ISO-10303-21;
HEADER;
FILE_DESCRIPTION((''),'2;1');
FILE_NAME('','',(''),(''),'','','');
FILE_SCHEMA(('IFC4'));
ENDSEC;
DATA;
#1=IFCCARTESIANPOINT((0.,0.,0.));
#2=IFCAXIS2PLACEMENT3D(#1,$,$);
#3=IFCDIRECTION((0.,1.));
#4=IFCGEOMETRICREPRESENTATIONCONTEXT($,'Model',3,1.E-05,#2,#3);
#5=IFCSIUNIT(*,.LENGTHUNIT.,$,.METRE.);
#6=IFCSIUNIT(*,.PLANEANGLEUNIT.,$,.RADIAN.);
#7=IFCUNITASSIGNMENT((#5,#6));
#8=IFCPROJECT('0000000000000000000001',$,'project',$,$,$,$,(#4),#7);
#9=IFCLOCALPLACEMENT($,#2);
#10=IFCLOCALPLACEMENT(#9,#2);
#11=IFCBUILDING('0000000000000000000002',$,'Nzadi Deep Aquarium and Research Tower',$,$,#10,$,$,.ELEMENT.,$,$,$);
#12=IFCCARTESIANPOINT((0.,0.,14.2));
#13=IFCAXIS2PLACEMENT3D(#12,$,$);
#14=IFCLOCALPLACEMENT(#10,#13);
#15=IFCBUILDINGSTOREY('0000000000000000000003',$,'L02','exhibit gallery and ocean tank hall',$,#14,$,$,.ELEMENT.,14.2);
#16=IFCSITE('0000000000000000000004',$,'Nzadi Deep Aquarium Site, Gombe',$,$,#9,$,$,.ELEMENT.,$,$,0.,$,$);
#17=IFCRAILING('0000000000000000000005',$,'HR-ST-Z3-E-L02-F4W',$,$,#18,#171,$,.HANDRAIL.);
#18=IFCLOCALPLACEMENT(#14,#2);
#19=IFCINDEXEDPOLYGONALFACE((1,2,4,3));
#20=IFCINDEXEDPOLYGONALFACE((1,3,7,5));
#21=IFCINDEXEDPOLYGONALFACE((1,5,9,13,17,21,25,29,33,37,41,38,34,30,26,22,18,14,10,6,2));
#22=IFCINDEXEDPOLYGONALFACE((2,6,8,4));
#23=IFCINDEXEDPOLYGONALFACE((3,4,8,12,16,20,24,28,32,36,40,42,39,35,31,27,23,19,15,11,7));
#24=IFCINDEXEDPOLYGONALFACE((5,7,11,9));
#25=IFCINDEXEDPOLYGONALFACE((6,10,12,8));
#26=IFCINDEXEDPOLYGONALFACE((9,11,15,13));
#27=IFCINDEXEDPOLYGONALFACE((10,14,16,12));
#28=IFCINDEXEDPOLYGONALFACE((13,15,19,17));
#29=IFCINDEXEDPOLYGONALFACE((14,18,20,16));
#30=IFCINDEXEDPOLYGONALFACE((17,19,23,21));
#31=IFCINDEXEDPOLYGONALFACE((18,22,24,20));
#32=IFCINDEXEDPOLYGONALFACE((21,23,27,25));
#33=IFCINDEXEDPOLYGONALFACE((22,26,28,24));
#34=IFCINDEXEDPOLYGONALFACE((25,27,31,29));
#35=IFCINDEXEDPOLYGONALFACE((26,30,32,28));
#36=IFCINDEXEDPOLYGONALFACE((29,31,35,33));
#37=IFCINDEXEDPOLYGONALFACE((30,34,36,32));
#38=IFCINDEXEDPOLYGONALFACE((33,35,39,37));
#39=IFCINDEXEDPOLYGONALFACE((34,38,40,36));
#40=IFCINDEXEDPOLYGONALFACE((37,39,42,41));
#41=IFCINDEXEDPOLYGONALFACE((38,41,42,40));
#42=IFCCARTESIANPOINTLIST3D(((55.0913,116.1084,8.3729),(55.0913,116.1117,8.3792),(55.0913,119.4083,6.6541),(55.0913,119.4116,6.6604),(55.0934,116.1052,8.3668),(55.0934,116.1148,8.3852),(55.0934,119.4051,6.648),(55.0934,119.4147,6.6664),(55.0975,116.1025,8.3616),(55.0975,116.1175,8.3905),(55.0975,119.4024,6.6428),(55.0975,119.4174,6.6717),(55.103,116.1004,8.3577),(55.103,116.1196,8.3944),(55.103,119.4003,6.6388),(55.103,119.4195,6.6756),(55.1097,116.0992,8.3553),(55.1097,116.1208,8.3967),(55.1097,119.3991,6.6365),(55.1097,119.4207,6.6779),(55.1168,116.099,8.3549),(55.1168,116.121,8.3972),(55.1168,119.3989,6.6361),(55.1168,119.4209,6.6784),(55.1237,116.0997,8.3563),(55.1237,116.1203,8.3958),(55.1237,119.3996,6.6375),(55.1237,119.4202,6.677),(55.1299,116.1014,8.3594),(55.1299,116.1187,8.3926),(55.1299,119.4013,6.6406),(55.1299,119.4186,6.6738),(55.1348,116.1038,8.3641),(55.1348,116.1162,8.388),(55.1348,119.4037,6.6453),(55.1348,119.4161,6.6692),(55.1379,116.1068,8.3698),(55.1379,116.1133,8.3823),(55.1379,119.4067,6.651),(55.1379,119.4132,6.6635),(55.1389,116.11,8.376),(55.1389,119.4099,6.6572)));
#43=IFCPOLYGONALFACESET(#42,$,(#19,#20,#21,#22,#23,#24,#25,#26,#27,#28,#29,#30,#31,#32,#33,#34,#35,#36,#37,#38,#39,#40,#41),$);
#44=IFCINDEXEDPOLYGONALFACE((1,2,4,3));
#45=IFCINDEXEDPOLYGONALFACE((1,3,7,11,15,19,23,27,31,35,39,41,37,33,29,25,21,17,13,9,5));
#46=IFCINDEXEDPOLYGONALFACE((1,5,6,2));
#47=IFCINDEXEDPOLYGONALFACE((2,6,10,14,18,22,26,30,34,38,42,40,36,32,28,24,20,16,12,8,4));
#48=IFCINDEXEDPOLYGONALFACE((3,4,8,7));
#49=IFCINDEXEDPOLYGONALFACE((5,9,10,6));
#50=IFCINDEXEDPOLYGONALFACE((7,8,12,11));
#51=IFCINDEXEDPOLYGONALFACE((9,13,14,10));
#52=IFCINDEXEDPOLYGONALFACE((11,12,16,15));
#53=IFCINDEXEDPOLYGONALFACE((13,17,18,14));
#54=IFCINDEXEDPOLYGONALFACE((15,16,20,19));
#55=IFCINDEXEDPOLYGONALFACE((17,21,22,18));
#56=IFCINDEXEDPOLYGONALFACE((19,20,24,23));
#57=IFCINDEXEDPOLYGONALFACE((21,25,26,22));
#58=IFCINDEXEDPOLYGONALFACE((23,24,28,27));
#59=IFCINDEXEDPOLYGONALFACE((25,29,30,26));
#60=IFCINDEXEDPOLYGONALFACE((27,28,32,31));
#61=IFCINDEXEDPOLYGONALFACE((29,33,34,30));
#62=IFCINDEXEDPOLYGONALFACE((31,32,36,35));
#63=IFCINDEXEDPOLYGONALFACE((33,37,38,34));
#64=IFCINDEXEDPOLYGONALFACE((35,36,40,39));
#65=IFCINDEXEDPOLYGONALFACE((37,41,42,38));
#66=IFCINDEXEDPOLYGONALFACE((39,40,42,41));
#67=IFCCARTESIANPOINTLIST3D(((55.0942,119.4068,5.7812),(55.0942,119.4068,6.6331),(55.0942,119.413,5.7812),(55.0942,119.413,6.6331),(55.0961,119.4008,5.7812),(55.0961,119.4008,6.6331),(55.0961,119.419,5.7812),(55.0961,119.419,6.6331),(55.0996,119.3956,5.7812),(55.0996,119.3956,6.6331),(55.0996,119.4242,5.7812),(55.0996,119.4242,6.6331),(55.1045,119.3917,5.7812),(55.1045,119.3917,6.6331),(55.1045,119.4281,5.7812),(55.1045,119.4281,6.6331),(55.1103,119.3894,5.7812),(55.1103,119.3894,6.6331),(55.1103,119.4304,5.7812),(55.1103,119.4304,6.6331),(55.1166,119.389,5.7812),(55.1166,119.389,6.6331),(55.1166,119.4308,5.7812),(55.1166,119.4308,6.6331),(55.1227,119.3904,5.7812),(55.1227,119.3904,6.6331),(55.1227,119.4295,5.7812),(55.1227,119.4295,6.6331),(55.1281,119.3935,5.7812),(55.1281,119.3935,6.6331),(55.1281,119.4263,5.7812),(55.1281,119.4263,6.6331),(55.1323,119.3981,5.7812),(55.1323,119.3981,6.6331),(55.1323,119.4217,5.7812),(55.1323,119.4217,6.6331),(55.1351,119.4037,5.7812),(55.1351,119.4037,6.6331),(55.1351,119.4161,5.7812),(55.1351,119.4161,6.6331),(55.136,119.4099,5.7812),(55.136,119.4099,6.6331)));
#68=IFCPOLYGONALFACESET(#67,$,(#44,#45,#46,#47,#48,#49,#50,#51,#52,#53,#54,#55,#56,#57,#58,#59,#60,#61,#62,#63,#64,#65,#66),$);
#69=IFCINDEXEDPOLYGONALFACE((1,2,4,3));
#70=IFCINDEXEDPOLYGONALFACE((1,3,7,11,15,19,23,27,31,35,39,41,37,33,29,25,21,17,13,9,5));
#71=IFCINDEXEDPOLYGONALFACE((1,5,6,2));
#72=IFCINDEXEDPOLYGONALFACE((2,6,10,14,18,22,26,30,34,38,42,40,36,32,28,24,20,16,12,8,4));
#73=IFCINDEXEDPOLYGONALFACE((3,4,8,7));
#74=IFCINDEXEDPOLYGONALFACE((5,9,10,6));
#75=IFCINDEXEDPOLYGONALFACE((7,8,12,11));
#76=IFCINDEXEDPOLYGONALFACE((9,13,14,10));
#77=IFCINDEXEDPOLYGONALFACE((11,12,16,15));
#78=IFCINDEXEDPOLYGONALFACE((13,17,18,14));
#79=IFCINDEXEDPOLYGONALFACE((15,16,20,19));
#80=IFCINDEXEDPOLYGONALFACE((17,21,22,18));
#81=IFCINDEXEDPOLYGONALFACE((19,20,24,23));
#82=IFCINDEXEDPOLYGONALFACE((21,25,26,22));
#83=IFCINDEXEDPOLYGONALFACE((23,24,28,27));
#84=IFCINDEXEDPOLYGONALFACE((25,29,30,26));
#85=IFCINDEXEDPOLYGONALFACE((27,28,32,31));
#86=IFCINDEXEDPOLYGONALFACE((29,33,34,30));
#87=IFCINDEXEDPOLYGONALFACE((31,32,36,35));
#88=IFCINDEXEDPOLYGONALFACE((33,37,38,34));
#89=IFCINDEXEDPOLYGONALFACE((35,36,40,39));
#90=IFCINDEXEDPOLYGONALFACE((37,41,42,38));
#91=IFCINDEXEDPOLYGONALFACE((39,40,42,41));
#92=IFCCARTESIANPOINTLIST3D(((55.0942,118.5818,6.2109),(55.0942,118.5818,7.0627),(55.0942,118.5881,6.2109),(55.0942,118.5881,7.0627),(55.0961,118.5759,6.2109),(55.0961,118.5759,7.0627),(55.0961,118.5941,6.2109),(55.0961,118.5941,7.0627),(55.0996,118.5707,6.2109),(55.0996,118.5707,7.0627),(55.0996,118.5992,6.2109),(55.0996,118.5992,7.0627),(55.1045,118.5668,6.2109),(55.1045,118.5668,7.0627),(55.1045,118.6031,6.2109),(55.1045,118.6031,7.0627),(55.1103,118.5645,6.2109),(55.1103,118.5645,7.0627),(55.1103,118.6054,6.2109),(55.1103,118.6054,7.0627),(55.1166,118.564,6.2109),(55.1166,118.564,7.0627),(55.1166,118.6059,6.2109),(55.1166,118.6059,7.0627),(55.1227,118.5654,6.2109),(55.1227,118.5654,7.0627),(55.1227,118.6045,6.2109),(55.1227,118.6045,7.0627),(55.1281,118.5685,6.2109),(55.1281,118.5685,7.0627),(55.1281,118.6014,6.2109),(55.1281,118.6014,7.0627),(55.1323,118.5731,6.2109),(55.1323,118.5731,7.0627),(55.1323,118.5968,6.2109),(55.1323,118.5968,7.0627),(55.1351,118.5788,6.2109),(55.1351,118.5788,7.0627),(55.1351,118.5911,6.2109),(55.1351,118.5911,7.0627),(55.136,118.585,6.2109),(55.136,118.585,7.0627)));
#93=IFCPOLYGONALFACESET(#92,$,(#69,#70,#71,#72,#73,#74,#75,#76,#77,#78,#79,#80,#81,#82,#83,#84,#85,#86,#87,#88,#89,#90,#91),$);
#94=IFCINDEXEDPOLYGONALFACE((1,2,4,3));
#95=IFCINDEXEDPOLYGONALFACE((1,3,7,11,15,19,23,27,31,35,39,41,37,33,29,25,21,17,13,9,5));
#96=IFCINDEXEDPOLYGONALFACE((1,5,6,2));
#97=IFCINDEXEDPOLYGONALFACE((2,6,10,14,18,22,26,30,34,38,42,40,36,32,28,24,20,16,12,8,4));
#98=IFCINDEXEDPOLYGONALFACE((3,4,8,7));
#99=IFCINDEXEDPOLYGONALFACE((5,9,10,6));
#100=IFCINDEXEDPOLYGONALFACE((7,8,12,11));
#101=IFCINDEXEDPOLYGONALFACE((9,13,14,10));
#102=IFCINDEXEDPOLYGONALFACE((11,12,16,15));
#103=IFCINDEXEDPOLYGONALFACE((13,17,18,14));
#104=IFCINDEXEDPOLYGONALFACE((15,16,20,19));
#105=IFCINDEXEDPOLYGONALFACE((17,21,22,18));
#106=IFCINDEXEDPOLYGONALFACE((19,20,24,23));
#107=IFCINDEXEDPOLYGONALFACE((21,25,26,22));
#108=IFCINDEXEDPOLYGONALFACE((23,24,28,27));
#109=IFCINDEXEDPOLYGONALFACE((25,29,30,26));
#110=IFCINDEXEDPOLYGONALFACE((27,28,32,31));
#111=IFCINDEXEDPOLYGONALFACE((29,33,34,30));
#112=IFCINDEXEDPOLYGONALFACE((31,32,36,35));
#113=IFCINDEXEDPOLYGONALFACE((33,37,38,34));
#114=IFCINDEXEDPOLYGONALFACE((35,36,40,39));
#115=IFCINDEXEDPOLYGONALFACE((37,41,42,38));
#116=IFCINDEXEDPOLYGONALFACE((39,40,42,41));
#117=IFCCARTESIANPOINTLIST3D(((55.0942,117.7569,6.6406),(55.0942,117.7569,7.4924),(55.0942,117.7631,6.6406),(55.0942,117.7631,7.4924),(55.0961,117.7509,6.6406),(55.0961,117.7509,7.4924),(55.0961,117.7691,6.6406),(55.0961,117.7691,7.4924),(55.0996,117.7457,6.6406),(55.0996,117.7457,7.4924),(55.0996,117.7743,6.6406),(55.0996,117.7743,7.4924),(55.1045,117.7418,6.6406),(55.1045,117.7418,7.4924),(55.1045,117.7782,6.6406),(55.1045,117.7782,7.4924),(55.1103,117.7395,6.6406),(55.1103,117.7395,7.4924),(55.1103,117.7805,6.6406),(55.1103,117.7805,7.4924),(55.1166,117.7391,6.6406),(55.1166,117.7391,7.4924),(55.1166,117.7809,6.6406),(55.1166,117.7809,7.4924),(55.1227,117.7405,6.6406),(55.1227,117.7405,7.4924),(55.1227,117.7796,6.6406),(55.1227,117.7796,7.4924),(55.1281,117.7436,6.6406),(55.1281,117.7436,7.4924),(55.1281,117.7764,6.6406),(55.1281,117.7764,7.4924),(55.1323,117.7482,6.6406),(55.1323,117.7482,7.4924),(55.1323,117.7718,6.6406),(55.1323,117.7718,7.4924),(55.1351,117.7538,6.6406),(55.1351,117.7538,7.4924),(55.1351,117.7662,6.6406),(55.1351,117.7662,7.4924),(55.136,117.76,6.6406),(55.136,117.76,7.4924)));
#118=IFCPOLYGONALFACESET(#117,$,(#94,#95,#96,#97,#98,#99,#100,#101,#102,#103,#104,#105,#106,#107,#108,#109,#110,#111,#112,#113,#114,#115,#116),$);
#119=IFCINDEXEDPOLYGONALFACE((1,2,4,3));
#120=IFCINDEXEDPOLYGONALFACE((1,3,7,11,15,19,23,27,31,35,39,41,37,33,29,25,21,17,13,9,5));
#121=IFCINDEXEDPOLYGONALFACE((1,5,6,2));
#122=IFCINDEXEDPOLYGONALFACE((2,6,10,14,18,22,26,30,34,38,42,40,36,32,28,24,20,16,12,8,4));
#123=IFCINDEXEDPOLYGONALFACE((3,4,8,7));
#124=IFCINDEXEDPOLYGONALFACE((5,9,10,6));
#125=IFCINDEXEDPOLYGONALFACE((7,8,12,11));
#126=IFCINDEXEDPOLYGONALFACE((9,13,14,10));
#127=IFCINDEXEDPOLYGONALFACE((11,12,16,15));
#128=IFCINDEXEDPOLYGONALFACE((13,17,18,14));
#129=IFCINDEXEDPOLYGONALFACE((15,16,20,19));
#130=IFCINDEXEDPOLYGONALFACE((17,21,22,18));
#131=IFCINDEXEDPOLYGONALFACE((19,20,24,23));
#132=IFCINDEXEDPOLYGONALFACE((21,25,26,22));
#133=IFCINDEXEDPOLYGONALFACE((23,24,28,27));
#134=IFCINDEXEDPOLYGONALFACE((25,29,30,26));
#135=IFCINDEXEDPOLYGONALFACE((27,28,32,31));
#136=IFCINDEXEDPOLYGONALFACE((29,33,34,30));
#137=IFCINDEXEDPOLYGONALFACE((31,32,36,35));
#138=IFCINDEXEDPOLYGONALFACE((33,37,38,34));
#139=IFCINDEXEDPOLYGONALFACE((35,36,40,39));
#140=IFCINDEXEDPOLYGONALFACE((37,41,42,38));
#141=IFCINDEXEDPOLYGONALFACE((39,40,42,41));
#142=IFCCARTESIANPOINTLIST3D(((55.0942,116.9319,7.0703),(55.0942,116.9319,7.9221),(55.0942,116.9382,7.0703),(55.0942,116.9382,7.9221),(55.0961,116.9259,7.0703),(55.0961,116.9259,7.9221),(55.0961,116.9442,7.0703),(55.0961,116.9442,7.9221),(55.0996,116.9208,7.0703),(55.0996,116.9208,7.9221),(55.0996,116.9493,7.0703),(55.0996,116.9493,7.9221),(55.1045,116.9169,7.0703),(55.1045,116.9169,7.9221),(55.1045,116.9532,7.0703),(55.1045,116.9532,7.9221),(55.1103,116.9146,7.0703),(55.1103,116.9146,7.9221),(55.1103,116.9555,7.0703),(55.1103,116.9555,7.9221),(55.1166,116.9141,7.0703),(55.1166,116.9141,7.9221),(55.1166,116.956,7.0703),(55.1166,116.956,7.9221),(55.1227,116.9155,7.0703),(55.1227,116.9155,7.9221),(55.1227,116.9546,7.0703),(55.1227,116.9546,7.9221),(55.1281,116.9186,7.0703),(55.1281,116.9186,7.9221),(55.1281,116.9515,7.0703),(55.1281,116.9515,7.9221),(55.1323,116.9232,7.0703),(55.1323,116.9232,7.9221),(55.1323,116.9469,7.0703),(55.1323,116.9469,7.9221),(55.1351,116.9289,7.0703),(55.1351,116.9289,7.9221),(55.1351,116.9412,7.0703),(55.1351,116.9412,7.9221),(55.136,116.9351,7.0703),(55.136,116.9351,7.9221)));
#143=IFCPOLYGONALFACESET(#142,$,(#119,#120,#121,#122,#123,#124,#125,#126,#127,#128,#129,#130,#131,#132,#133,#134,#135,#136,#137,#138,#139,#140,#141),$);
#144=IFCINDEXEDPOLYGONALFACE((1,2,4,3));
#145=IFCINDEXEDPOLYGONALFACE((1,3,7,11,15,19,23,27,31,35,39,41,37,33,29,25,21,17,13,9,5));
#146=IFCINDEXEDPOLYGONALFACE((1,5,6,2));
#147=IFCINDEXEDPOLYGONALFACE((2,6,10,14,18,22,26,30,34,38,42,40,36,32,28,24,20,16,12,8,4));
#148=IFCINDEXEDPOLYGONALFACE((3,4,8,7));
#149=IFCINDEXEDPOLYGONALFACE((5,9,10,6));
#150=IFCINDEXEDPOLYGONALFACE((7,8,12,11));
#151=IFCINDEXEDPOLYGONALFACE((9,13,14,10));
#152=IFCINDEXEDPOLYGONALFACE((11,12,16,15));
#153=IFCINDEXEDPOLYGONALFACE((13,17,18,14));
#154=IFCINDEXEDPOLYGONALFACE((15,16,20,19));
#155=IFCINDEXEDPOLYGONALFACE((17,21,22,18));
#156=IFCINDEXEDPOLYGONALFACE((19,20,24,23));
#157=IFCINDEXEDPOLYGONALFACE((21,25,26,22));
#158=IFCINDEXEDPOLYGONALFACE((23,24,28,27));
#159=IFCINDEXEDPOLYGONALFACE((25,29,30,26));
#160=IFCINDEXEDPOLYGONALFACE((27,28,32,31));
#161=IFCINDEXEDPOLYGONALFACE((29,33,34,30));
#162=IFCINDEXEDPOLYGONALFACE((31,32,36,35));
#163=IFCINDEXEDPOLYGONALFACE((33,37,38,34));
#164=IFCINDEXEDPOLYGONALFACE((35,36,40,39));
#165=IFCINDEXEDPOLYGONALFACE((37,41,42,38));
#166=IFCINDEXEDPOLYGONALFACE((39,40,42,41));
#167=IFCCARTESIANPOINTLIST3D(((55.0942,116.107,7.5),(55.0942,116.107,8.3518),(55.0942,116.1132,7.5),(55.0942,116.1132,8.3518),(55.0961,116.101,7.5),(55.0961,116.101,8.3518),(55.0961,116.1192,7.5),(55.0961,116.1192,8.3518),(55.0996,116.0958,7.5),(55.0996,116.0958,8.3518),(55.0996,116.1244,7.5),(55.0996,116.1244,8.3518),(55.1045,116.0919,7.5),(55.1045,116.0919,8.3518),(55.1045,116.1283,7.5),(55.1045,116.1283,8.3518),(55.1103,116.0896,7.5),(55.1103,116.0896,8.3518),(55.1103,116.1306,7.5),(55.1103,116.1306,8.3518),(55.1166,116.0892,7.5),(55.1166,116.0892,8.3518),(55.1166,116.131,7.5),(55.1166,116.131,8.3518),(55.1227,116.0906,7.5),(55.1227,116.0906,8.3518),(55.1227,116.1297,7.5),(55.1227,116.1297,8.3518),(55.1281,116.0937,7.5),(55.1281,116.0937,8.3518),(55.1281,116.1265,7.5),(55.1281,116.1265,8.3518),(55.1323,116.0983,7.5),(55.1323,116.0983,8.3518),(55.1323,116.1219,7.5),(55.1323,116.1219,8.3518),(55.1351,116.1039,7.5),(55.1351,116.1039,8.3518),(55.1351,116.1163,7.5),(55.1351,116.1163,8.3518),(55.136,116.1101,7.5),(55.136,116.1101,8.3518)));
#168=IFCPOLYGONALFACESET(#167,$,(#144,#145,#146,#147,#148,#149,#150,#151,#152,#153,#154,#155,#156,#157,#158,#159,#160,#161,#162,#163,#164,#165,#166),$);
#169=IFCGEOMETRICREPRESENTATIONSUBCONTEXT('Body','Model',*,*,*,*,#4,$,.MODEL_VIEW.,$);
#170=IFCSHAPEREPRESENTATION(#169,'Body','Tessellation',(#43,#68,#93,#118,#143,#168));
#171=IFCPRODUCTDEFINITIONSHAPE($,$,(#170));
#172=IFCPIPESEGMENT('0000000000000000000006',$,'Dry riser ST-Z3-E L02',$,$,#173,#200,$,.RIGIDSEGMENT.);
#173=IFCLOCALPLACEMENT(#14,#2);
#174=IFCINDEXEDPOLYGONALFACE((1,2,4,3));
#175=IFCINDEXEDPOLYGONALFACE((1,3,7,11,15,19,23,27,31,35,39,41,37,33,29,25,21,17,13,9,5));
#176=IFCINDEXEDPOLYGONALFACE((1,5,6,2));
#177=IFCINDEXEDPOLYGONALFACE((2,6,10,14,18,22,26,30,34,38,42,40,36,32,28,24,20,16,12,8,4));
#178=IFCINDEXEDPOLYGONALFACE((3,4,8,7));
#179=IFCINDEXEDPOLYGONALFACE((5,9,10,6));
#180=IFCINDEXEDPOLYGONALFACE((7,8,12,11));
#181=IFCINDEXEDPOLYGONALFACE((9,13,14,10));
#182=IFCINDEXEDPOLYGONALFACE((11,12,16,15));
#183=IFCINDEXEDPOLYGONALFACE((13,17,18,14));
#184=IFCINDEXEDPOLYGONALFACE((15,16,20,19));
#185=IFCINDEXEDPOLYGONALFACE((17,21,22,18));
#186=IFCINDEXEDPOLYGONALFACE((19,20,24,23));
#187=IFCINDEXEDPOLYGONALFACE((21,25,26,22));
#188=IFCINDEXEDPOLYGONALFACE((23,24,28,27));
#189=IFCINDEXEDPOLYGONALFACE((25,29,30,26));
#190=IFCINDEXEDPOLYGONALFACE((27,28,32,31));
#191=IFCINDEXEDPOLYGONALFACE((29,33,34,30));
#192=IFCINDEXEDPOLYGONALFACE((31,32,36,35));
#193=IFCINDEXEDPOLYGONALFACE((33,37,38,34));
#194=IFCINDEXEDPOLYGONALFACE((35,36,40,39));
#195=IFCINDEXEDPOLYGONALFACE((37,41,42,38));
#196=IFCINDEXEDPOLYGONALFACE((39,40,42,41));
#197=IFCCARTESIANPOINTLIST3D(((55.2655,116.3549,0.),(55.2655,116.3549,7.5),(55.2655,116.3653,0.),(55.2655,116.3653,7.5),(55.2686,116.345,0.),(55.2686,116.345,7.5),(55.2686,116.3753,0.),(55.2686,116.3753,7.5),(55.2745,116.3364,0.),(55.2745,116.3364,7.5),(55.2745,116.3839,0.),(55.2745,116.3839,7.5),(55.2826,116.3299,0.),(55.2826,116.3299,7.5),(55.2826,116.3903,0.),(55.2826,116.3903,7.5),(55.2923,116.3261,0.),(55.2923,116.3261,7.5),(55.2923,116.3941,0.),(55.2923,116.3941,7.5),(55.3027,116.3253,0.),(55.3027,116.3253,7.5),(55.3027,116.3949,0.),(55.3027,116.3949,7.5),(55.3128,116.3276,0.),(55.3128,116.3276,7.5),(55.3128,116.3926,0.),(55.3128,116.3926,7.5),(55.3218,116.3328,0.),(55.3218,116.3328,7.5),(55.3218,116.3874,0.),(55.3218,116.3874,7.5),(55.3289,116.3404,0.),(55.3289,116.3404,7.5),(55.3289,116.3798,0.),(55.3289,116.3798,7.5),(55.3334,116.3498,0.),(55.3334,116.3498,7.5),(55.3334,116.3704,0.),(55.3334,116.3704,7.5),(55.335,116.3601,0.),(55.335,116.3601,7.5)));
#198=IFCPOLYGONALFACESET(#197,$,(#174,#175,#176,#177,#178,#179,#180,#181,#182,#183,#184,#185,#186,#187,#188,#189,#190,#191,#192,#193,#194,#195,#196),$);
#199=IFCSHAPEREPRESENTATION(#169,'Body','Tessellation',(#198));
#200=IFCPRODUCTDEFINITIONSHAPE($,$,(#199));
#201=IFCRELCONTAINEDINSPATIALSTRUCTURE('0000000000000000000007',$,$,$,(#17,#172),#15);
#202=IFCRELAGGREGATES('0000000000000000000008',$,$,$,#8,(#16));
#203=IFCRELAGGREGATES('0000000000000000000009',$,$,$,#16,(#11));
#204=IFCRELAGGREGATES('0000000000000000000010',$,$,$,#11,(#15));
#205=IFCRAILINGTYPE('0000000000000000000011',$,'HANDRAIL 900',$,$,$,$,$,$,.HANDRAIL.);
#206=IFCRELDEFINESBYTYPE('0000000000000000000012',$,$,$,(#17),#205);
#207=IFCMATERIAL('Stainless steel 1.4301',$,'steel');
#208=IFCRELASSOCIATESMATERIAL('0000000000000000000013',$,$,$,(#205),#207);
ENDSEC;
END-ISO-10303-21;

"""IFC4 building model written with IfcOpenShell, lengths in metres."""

from ifc_helpers import new_model, si_unit, direction, frame, origin, origin_2d, place, context, subcontext, project, spatial, circle, extrude, material, type_object, element, save


model = new_model("IFC4")

# Units and contexts
model_context = context("Model", 3, precision=1e-05, world=origin(), true_north=direction((0.0, 1.0)))
body_context = subcontext(model_context, "Body", "Model", "MODEL_VIEW")
ifc_project = project(units=[si_unit("LENGTHUNIT", "METRE"), si_unit("PLANEANGLEUNIT", "RADIAN")], contexts=[model_context])

# Site, building, storey
site_placement = place(None, origin())
site = spatial("IfcSite", under=ifc_project, at=site_placement, Name="Nzadi Deep Aquarium Site, Gombe", CompositionType="ELEMENT", RefElevation=0.0)
building_placement = place(site_placement, origin())
building = spatial("IfcBuilding", under=site, at=building_placement, Name="Nzadi Deep Aquarium and Research Tower", CompositionType="ELEMENT")
storey_placement = place(building_placement, frame((0.0, 0.0, 14.2)))
storey = spatial("IfcBuildingStorey", under=building, at=storey_placement, Name="L02", Description="exhibit gallery and ocean tank hall", CompositionType="ELEMENT", Elevation=14.2)

# Railing
ifc_material_1 = material(Name="Stainless steel 1.4301", Category="steel")
railing_type = type_object("IfcRailingType", Name="HANDRAIL 900", PredefinedType="HANDRAIL", material=ifc_material_1)
for number, where, name in (
    (1, (55.115, 119.4099, 5.7812), "HR-ST-Z3-E-L02-F4W"),
):
    element("IfcRailing", number, at=place(storey_placement, frame(where)), inside=storey, type_object=railing_type, Name=name, PredefinedType="HANDRAIL", context=body_context, shape_type="SweptSolid", body=[
        extrude(circle(Radius=0.0239, at=origin_2d()), frame((0.0, 0.0, 0.876), z_axis=(0.0, -0.886903, 0.461956), x_axis=(1.0, 0.0, 0.0)), (0.0, 0.0, 1.0), 3.7207),
        extrude(circle(Radius=0.021, at=origin_2d()), origin(), (0.0, 0.0, 1.0), 0.8518),
        extrude(circle(Radius=0.021, at=origin_2d()), frame((0.0, -0.825, 0.4297)), (0.0, 0.0, 1.0), 0.8518),
        extrude(circle(Radius=0.021, at=origin_2d()), frame((0.0, -1.6499, 0.8594)), (0.0, 0.0, 1.0), 0.8518),
        extrude(circle(Radius=0.021, at=origin_2d()), frame((0.0, -2.4749, 1.2891)), (0.0, 0.0, 1.0), 0.8518),
        extrude(circle(Radius=0.021, at=origin_2d()), frame((0.0, -3.2998, 1.7188)), (0.0, 0.0, 1.0), 0.8518),
    ])

# Pipe segment
pipe_segment_placement = place(storey_placement, frame((55.3, 116.3601, 0.0), z_axis=(0.0, 0.0, 1.0), x_axis=(1.0, 0.0, 0.0)))
element("IfcPipeSegment", 2, at=pipe_segment_placement, inside=storey, Name="Dry riser ST-Z3-E L02", PredefinedType="RIGIDSEGMENT", context=body_context, shape_type="SweptSolid", body=[
    extrude(circle(Radius=0.0349, at=origin_2d()), origin(), (0.0, 0.0, 1.0), 7.5),
])

save(model, "model.ifc")
